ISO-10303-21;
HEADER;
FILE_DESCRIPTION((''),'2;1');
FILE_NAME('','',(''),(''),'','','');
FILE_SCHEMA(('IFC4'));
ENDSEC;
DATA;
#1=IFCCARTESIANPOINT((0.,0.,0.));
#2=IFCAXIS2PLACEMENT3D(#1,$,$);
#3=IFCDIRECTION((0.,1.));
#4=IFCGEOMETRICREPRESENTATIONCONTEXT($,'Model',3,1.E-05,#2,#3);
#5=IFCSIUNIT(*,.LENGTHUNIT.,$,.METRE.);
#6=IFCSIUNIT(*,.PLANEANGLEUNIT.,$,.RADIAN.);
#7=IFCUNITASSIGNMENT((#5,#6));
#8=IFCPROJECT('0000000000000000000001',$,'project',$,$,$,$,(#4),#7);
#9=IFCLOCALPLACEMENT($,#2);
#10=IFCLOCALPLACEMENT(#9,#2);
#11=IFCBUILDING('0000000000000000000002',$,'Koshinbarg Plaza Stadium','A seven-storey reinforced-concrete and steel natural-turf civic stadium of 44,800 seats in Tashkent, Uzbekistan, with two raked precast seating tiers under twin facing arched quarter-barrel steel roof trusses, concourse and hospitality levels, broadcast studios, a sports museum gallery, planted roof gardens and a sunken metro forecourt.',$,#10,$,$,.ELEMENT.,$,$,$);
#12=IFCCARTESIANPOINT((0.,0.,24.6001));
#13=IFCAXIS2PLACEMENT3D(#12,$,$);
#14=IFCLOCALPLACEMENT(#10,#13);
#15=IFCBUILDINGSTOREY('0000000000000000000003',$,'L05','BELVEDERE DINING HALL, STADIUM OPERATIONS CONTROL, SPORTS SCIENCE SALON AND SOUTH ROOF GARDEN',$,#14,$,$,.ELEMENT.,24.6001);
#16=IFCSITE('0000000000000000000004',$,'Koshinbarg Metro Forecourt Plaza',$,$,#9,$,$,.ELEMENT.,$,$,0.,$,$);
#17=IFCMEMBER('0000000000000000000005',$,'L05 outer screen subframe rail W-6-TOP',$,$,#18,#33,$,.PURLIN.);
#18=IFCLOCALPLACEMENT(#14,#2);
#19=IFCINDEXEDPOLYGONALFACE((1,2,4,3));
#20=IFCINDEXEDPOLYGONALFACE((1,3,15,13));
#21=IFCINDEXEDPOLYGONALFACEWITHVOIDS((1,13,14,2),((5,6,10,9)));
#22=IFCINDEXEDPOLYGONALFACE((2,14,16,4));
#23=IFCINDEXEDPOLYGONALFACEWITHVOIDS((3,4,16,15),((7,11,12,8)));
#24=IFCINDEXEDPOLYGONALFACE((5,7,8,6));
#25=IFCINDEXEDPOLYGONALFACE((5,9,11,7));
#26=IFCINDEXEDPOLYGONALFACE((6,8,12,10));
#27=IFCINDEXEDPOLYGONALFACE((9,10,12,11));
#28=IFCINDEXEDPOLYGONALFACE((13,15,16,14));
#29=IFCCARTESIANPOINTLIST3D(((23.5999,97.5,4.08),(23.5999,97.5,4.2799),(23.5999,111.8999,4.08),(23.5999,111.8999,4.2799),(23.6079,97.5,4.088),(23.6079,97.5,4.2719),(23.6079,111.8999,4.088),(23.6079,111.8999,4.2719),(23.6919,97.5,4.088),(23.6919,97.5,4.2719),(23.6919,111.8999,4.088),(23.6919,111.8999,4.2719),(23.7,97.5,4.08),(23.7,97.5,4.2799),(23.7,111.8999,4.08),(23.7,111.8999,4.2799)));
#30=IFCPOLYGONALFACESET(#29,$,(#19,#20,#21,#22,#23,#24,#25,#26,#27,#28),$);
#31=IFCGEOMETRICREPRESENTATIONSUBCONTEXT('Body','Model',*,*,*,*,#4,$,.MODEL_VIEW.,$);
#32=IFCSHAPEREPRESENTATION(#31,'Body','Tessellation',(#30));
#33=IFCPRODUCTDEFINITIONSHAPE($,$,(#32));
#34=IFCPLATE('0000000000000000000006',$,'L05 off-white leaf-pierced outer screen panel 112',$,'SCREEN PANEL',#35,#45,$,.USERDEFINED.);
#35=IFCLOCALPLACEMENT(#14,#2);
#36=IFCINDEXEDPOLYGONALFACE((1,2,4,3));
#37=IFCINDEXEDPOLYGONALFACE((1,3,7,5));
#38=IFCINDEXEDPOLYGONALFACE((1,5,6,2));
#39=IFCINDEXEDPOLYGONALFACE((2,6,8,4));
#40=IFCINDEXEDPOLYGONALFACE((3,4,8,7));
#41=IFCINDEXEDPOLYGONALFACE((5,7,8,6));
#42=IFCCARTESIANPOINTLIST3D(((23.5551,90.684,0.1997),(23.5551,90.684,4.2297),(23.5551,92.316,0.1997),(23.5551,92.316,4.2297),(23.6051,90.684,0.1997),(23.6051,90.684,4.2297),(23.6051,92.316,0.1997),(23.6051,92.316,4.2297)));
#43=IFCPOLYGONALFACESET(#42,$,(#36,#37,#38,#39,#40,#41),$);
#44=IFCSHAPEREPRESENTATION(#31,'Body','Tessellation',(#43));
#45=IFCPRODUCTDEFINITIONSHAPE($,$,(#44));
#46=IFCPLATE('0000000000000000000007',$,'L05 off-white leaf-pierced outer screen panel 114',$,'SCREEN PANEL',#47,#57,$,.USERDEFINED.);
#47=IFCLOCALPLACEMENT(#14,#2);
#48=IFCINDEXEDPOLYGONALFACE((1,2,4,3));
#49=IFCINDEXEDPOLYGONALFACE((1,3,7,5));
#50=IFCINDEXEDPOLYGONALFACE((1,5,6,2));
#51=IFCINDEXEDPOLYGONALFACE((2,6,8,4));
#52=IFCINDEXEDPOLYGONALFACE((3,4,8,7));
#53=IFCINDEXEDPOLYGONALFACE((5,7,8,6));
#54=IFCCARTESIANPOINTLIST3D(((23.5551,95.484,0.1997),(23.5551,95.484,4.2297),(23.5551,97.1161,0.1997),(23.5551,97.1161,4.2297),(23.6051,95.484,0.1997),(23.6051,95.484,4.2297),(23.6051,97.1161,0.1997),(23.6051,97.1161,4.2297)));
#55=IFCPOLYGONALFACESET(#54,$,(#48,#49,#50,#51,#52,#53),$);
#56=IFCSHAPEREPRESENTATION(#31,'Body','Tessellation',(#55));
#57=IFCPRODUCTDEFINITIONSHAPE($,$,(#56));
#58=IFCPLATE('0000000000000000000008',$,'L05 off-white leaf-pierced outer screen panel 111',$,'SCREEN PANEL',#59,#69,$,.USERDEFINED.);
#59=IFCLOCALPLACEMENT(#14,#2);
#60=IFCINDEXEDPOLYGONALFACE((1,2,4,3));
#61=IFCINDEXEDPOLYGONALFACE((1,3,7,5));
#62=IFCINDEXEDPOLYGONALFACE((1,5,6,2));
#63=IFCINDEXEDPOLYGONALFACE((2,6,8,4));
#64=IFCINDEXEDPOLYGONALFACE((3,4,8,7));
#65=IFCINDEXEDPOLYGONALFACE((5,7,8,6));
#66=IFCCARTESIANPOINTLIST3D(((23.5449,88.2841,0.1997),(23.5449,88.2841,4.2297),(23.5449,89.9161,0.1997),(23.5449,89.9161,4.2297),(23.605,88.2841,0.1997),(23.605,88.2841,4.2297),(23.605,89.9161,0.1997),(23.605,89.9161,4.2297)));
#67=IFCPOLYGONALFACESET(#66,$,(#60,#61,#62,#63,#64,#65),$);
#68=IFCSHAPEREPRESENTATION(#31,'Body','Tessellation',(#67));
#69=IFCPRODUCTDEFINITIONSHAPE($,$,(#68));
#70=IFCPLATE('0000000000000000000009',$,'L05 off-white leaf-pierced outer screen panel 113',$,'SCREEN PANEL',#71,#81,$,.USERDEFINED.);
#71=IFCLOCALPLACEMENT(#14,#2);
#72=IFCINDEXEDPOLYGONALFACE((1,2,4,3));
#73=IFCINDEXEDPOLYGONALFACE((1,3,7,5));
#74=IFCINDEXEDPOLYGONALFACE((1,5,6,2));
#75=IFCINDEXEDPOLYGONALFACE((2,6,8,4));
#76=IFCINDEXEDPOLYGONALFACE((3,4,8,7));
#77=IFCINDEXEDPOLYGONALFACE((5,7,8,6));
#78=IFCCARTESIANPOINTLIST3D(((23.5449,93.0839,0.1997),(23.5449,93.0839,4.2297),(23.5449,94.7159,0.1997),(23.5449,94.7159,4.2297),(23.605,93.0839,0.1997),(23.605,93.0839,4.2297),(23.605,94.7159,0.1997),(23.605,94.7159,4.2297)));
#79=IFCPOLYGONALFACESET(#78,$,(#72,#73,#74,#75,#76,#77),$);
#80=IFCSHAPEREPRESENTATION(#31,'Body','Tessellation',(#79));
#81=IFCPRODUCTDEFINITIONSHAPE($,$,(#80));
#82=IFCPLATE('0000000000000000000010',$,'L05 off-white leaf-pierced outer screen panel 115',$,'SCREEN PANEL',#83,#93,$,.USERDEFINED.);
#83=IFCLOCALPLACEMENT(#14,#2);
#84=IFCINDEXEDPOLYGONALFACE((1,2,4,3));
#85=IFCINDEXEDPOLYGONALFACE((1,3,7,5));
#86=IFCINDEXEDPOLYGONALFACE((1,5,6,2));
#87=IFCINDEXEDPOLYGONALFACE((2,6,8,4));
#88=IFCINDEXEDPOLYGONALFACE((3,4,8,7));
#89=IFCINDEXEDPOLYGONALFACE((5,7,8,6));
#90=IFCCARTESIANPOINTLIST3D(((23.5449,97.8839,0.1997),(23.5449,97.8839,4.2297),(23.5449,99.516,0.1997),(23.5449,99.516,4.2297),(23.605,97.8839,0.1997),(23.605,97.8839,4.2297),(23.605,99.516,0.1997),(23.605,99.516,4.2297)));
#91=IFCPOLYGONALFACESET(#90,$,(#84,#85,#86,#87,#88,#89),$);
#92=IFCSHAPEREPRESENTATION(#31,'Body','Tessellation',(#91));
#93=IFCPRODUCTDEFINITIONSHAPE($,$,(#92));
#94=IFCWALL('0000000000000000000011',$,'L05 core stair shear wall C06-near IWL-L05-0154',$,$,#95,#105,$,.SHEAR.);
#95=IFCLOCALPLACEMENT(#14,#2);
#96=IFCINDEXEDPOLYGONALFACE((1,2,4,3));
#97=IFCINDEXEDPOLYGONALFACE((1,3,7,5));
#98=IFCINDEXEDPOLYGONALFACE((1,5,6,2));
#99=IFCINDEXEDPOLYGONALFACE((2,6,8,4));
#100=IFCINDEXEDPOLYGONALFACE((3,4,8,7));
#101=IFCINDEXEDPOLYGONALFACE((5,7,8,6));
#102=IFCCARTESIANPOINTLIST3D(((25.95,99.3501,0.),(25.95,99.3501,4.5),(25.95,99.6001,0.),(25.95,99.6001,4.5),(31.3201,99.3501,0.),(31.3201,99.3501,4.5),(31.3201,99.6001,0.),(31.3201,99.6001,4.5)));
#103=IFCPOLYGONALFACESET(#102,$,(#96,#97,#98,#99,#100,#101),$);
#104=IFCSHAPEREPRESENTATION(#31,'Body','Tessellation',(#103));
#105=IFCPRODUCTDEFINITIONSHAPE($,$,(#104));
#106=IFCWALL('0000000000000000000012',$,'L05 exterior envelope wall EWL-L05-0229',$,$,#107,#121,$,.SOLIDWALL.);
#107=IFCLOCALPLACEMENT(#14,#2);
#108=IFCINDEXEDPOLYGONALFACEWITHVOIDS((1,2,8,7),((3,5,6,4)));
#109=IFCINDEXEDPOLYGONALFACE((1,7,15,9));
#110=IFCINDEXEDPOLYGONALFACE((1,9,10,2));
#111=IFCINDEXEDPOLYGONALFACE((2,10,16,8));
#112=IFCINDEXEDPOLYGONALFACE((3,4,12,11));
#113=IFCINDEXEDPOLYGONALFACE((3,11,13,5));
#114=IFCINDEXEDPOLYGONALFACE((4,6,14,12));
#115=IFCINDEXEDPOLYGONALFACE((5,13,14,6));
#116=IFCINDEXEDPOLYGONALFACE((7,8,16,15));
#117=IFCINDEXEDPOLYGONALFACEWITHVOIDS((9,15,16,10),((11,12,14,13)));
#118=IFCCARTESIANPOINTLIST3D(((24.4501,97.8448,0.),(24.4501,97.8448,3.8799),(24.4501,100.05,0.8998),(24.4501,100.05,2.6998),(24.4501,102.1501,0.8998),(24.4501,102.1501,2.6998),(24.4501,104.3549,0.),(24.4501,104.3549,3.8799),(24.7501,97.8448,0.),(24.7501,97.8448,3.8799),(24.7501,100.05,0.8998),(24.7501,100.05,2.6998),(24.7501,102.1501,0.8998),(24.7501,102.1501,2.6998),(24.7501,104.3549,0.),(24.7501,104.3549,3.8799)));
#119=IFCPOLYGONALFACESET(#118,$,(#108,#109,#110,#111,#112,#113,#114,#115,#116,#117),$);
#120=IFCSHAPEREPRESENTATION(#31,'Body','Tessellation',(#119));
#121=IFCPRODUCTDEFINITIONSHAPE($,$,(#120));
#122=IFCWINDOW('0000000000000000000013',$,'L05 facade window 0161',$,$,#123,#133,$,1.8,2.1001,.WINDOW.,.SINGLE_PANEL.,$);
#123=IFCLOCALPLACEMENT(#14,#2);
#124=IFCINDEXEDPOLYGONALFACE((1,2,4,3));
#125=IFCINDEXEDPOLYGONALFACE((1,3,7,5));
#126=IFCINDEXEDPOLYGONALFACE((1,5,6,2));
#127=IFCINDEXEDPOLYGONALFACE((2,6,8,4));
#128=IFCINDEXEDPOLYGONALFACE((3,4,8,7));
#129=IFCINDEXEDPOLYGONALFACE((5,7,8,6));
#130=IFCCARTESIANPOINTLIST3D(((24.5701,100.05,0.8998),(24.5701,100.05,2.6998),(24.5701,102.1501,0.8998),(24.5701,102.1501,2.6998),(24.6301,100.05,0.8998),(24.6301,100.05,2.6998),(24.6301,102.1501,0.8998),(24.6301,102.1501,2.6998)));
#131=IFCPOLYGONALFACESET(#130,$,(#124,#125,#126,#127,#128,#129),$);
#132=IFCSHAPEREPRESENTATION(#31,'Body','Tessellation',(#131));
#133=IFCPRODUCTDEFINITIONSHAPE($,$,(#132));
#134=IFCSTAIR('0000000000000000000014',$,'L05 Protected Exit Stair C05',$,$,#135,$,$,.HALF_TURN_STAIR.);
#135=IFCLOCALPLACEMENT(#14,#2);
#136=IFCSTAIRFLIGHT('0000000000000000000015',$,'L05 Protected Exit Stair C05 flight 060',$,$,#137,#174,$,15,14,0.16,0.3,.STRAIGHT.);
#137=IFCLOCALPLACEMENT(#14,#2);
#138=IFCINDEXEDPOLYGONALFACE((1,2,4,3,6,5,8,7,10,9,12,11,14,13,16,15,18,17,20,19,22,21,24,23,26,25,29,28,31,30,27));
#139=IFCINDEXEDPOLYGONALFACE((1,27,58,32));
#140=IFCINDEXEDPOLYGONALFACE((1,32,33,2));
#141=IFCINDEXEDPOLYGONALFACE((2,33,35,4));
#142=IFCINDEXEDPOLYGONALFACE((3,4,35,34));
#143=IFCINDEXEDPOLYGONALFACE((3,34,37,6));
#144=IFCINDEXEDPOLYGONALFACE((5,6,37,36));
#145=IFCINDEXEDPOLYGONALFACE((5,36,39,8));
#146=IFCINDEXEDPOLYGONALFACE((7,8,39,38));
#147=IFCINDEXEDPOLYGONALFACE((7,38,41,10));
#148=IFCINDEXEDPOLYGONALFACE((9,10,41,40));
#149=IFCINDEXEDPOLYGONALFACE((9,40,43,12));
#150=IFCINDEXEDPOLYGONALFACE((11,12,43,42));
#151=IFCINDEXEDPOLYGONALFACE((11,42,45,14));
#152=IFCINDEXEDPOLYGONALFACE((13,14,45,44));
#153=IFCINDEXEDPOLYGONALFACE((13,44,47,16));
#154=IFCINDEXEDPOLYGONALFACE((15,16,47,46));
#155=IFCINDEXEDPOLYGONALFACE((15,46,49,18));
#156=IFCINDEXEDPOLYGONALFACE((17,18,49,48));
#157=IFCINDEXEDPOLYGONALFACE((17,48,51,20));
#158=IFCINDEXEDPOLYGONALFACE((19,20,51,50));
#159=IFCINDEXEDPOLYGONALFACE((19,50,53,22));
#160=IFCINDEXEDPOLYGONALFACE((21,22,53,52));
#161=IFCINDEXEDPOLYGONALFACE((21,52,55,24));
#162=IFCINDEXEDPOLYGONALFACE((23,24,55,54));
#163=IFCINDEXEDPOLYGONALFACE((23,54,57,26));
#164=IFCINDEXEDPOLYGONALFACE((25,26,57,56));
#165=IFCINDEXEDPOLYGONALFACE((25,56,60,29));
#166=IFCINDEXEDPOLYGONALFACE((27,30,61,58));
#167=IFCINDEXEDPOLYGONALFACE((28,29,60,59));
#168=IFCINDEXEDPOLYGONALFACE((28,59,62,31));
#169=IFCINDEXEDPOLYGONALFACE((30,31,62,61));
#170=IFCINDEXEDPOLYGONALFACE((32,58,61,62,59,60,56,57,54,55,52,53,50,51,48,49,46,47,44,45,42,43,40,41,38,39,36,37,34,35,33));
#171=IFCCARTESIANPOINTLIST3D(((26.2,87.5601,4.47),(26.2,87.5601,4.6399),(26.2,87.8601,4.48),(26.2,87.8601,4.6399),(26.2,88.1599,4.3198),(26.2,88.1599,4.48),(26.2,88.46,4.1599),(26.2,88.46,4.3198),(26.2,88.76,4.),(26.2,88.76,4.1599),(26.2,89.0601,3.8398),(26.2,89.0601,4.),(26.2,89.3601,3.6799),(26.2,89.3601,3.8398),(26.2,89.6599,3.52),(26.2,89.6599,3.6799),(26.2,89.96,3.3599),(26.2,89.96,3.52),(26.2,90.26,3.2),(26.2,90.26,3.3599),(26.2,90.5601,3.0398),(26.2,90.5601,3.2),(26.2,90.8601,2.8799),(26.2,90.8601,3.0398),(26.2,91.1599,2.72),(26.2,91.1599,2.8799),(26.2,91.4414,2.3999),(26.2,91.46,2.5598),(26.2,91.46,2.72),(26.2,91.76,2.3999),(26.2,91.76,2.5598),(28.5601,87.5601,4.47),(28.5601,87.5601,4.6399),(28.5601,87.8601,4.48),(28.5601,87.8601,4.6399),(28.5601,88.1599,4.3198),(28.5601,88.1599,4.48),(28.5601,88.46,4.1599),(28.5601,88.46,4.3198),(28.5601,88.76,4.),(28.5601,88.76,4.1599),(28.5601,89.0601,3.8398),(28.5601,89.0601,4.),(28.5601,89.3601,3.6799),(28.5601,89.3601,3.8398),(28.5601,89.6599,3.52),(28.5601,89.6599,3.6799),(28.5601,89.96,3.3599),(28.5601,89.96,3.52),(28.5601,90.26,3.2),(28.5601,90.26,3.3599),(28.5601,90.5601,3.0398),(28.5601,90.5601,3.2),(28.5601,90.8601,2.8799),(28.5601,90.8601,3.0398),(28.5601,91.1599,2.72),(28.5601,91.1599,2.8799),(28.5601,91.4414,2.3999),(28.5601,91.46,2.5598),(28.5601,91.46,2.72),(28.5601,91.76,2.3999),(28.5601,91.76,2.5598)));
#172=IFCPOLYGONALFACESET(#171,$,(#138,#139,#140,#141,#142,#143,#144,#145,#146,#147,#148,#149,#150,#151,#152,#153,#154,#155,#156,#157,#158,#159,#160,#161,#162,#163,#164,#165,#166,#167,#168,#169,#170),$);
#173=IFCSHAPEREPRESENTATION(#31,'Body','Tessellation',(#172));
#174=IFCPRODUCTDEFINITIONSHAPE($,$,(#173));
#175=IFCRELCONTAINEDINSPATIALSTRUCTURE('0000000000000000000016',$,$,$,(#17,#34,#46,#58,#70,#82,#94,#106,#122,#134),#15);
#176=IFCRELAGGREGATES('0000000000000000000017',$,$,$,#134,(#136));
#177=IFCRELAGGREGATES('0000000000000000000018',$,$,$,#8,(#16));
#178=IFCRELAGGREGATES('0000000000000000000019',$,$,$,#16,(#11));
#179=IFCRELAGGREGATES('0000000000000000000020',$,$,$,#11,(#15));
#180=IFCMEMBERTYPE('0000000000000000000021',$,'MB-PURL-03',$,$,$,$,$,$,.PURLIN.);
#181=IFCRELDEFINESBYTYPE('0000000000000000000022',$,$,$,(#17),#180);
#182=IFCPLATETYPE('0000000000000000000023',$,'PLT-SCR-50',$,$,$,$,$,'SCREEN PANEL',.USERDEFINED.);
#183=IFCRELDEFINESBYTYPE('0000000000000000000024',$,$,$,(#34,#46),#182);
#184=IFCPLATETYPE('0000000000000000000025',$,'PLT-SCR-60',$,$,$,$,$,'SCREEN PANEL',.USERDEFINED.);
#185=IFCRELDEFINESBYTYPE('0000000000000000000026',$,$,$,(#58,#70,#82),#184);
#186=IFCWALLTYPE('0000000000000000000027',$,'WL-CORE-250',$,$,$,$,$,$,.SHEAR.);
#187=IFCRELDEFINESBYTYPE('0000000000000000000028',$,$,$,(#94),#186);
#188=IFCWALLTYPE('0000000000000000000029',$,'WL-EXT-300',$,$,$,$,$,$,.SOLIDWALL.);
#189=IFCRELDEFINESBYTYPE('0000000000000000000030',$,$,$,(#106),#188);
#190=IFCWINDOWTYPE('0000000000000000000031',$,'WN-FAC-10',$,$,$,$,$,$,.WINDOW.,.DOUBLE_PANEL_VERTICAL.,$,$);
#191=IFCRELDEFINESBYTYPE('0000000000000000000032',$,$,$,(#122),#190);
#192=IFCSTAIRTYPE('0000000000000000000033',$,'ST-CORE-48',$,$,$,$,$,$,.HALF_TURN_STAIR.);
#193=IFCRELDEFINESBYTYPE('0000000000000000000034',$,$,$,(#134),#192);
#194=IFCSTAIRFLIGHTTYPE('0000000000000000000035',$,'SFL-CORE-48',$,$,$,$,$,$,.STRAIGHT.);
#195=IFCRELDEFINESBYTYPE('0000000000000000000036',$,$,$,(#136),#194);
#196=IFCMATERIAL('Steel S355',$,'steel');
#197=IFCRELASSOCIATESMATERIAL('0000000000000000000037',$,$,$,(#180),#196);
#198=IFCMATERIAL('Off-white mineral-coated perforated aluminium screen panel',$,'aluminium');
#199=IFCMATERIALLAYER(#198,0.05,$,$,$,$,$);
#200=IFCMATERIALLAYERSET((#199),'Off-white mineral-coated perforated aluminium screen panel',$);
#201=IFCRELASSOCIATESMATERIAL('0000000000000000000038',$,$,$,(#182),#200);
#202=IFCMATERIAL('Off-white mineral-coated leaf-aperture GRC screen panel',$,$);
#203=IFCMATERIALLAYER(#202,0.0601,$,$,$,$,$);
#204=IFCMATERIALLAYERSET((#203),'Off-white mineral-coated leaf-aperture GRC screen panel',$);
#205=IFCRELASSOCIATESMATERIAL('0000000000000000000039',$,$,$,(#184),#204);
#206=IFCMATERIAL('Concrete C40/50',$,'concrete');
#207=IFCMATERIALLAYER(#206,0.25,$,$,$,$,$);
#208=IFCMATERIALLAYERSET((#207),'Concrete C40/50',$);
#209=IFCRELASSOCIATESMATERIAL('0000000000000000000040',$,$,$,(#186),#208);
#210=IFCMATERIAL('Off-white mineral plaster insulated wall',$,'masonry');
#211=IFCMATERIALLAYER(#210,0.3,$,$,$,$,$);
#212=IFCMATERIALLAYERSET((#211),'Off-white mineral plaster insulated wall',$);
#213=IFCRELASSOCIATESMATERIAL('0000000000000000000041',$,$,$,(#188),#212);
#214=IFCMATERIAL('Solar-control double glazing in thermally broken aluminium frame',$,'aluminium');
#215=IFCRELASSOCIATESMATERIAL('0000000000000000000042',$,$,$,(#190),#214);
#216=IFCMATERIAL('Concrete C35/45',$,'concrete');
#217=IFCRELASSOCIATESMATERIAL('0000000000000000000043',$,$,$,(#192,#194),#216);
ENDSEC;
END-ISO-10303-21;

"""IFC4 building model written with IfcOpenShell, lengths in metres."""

from ifc_helpers import new_model, si_unit, direction, frame, frame_2d, origin, origin_2d, place, context, subcontext, project, spatial, polyline, rectangle, hollow_rectangle, outline, extrude, material, layer, layer_set, material_profile, profile_set, type_object, element, fill, aggregate, save


model = new_model("IFC4")

# Units and contexts
model_context = context("Model", 3, precision=1e-05, world=origin(), true_north=direction((0.0, 1.0)))
body_context = subcontext(model_context, "Body", "Model", "MODEL_VIEW")
ifc_project = project(units=[si_unit("LENGTHUNIT", "METRE"), si_unit("PLANEANGLEUNIT", "RADIAN")], contexts=[model_context])

# Site, building, storey
site_placement = place(None, origin())
site = spatial("IfcSite", under=ifc_project, at=site_placement, Name="Koshinbarg Metro Forecourt Plaza", CompositionType="ELEMENT", RefElevation=0.0)
building_placement = place(site_placement, origin())
building = spatial("IfcBuilding", under=site, at=building_placement, Name="Koshinbarg Plaza Stadium", Description="A seven-storey reinforced-concrete and steel natural-turf civic stadium of 44,800 seats in Tashkent, Uzbekistan, with two raked precast seating tiers under twin facing arched quarter-barrel steel roof trusses, concourse and hospitality levels, broadcast studios, a sports museum gallery, planted roof gardens and a sunken metro forecourt.", CompositionType="ELEMENT")
storey_placement = place(building_placement, frame((0.0, 0.0, 24.6001)))
storey = spatial("IfcBuildingStorey", under=building, at=storey_placement, Name="L05", Description="BELVEDERE DINING HALL, STADIUM OPERATIONS CONTROL, SPORTS SCIENCE SALON AND SOUTH ROOF GARDEN", CompositionType="ELEMENT", Elevation=24.6001)

# Shared definitions
ifc_material_1 = material(Name="Concrete C40/50", Category="concrete")

# Shared definitions
ifc_material_2 = material(Name="Steel S355", Category="steel")

# Member
ifc_material_profile_1 = material_profile(ifc_material_2, hollow_rectangle(XDim=0.1001, YDim=0.2, WallThickness=0.0081, at=origin_2d()), Name="RHS 200x100x8")
ifc_profile_set_1 = profile_set([ifc_material_profile_1], Name="Steel S355")
member_type = type_object("IfcMemberType", Name="MB-PURL-03", PredefinedType="PURLIN", material=ifc_profile_set_1)
for number, where, z_axis, x_axis, name in (
    (1, (23.6499, 97.5, 4.1799), (0.0, 1.0, 0.0), (-1.0, 0.0, 0.0), "L05 outer screen subframe rail W-6-TOP"),
):
    element("IfcMember", number, at=place(storey_placement, frame(where, z_axis=z_axis, x_axis=x_axis)), inside=storey, type_object=member_type, Name=name, PredefinedType="PURLIN", context=body_context, shape_type="SweptSolid", body=[
        extrude(hollow_rectangle(XDim=0.1001, YDim=0.2, WallThickness=0.0081, at=origin_2d()), origin(), (0.0, 0.0, 1.0), 14.3999),
    ])

# Plates
ifc_material_3 = material(Name="Off-white mineral-coated perforated aluminium screen panel", Category="aluminium")
ifc_layer_1 = layer(ifc_material_3, 0.05)
ifc_layer_set_1 = layer_set([ifc_layer_1], Name="Off-white mineral-coated perforated aluminium screen panel")
plate_type_1 = type_object("IfcPlateType", Name="PLT-SCR-50", ElementType="SCREEN PANEL", PredefinedType="USERDEFINED", material=ifc_layer_set_1)
for number, where, z_axis, x_axis, name in (
    (2, (23.5801, 91.5, 0.1997), (0.0, 0.0, 1.0), (1.0, 0.0, 0.0), "L05 off-white leaf-pierced outer screen panel 112"),
    (3, (23.5801, 96.3, 0.1997), (0.0, 0.0, 1.0), (1.0, 0.0, 0.0), "L05 off-white leaf-pierced outer screen panel 114"),
):
    element("IfcPlate", number, at=place(storey_placement, frame(where, z_axis=z_axis, x_axis=x_axis)), inside=storey, type_object=plate_type_1, Name=name, ObjectType="SCREEN PANEL", PredefinedType="USERDEFINED", context=body_context, shape_type="SweptSolid", body=[
        extrude(rectangle(XDim=0.05, YDim=1.6321, at=origin_2d()), origin(), (0.0, 0.0, 1.0), 4.03),
    ])
ifc_material_4 = material(Name="Off-white mineral-coated leaf-aperture GRC screen panel")
ifc_layer_2 = layer(ifc_material_4, 0.0601)
ifc_layer_set_2 = layer_set([ifc_layer_2], Name="Off-white mineral-coated leaf-aperture GRC screen panel")
plate_type_2 = type_object("IfcPlateType", Name="PLT-SCR-60", ElementType="SCREEN PANEL", PredefinedType="USERDEFINED", material=ifc_layer_set_2)
for number, where, z_axis, x_axis, name in (
    (4, (23.575, 89.1001, 0.1997), (0.0, 0.0, 1.0), (1.0, 0.0, 0.0), "L05 off-white leaf-pierced outer screen panel 111"),
    (5, (23.575, 93.8999, 0.1997), (0.0, 0.0, 1.0), (1.0, 0.0, 0.0), "L05 off-white leaf-pierced outer screen panel 113"),
    (6, (23.575, 98.7, 0.1997), (0.0, 0.0, 1.0), (1.0, 0.0, 0.0), "L05 off-white leaf-pierced outer screen panel 115"),
):
    element("IfcPlate", number, at=place(storey_placement, frame(where, z_axis=z_axis, x_axis=x_axis)), inside=storey, type_object=plate_type_2, Name=name, ObjectType="SCREEN PANEL", PredefinedType="USERDEFINED", context=body_context, shape_type="SweptSolid", body=[
        extrude(rectangle(XDim=0.0601, YDim=1.6321, at=origin_2d()), origin(), (0.0, 0.0, 1.0), 4.03),
    ])

# Wall
ifc_layer_3 = layer(ifc_material_1, 0.25)
ifc_layer_set_3 = layer_set([ifc_layer_3], Name="Concrete C40/50")
wall_type_1 = type_object("IfcWallType", Name="WL-CORE-250", PredefinedType="SHEAR", material=ifc_layer_set_3)
wall_1_placement = place(storey_placement, frame((25.95, 99.4751, 0.0), z_axis=(0.0, 0.0, 1.0), x_axis=(1.0, 0.0, 0.0)))
element("IfcWall", 7, at=wall_1_placement, inside=storey, type_object=wall_type_1, Name="L05 core stair shear wall C06-near IWL-L05-0154", PredefinedType="SHEAR", context=body_context, shape_type="SweptSolid", body=[
    extrude(rectangle(XDim=5.3701, YDim=0.25, at=frame_2d((2.6851, 0.0))), origin(), (0.0, 0.0, 1.0), 4.5),
])

# Wall, opening, window
ifc_material_5 = material(Name="Off-white mineral plaster insulated wall", Category="masonry")
ifc_layer_4 = layer(ifc_material_5, 0.3)
ifc_layer_set_4 = layer_set([ifc_layer_4], Name="Off-white mineral plaster insulated wall")
wall_type_2 = type_object("IfcWallType", Name="WL-EXT-300", PredefinedType="SOLIDWALL", material=ifc_layer_set_4)
wall_2_placement = place(storey_placement, frame((24.6001, 97.845, 0.0), z_axis=(0.0, 0.0, 1.0), x_axis=(0.0, 1.0, 0.0)))
wall_2 = element("IfcWall", 8, at=wall_2_placement, inside=storey, type_object=wall_type_2, Name="L05 exterior envelope wall EWL-L05-0229", PredefinedType="SOLIDWALL", context=body_context, shape_type="SweptSolid", body=[
    extrude(rectangle(XDim=6.51, YDim=0.3, at=frame_2d((3.2549, 0.0))), origin(), (0.0, 0.0, 1.0), 3.8799),
])
opening_placement = place(wall_2_placement, frame((2.2051, 0.0, 0.8999)))
opening = element("IfcOpeningElement", 9, at=opening_placement, cuts=wall_2, PredefinedType="OPENING", context=body_context, shape_type="SweptSolid", body=[
    extrude(rectangle(XDim=2.1001, YDim=1.8, at=frame_2d((1.05, 0.8999))), frame((0.0, 0.1599, 0.0), z_axis=(0.0, -1.0, 0.0), x_axis=(1.0, 0.0, 0.0)), (0.0, 0.0, 1.0), 0.3201),
])
ifc_material_6 = material(Name="Solar-control double glazing in thermally broken aluminium frame", Category="aluminium")
window_type = type_object("IfcWindowType", Name="WN-FAC-10", PartitioningType="DOUBLE_PANEL_VERTICAL", PredefinedType="WINDOW", material=ifc_material_6)
window_placement = place(opening_placement, origin())
window = element("IfcWindow", 10, at=window_placement, inside=storey, type_object=window_type, Name="L05 facade window 0161", OverallHeight=1.8, OverallWidth=2.1001, PartitioningType="SINGLE_PANEL", PredefinedType="WINDOW", context=body_context, shape_type="SweptSolid", body=[
    extrude(rectangle(XDim=2.1001, YDim=1.8, at=frame_2d((1.05, 0.8999))), frame((0.0, 0.03, 0.0), z_axis=(0.0, -1.0, 0.0), x_axis=(1.0, 0.0, 0.0)), (0.0, 0.0, 1.0), 0.0601),
])
fill(opening, window)

# Stair, stair flight
ifc_material_7 = material(Name="Concrete C35/45", Category="concrete")
stair_type = type_object("IfcStairType", Name="ST-CORE-48", PredefinedType="HALF_TURN_STAIR", material=ifc_material_7)
stair_placement = place(storey_placement, origin())
stair = element("IfcStair", 11, at=stair_placement, inside=storey, type_object=stair_type, Name="L05 Protected Exit Stair C05", PredefinedType="HALF_TURN_STAIR")
stair_flight_type = type_object("IfcStairFlightType", Name="SFL-CORE-48", PredefinedType="STRAIGHT", material=ifc_material_7)
stair_flight_placement = place(storey_placement, frame((27.3799, 91.76, 2.3999), z_axis=(0.0, 0.0, 1.0), x_axis=(0.0, -1.0, 0.0)))
stair_flight = element("IfcStairFlight", 12, at=stair_flight_placement, type_object=stair_flight_type, Name="L05 Protected Exit Stair C05 flight 060", NumberOfRisers=15, NumberOfTreads=14, PredefinedType="STRAIGHT", RiserHeight=0.16, TreadLength=0.3, context=body_context, shape_type="SweptSolid", body=[
    extrude(outline(polyline([(0.0, 0.0), (0.0, 0.1599), (0.3, 0.1599), (0.3, 0.3201), (0.6001, 0.3201), (0.6001, 0.48), (0.8999, 0.48), (0.8999, 0.6399), (1.2, 0.6399), (1.2, 0.8), (1.5, 0.8), (1.5, 0.96), (1.8, 0.96), (1.8, 1.1201), (2.1001, 1.1201), (2.1001, 1.28), (2.3999, 1.28), (2.3999, 1.4399), (2.7, 1.4399), (2.7, 1.6001), (3.0, 1.6001), (3.0, 1.76), (3.3, 1.76), (3.3, 1.9199), (3.6001, 1.9199), (3.6001, 2.0801), (3.8999, 2.0801), (3.8999, 2.24), (4.2, 2.24), (4.2, 2.3999), (4.2, 2.0701), (0.3186, 0.0), (0.0, 0.0)])), frame((0.0, 1.1802, 0.0), z_axis=(0.0, -1.0, 0.0), x_axis=(1.0, 0.0, 0.0)), (0.0, 0.0, 1.0), 2.3601),
])
aggregate(stair, [stair_flight])

save(model, "model.ifc")
